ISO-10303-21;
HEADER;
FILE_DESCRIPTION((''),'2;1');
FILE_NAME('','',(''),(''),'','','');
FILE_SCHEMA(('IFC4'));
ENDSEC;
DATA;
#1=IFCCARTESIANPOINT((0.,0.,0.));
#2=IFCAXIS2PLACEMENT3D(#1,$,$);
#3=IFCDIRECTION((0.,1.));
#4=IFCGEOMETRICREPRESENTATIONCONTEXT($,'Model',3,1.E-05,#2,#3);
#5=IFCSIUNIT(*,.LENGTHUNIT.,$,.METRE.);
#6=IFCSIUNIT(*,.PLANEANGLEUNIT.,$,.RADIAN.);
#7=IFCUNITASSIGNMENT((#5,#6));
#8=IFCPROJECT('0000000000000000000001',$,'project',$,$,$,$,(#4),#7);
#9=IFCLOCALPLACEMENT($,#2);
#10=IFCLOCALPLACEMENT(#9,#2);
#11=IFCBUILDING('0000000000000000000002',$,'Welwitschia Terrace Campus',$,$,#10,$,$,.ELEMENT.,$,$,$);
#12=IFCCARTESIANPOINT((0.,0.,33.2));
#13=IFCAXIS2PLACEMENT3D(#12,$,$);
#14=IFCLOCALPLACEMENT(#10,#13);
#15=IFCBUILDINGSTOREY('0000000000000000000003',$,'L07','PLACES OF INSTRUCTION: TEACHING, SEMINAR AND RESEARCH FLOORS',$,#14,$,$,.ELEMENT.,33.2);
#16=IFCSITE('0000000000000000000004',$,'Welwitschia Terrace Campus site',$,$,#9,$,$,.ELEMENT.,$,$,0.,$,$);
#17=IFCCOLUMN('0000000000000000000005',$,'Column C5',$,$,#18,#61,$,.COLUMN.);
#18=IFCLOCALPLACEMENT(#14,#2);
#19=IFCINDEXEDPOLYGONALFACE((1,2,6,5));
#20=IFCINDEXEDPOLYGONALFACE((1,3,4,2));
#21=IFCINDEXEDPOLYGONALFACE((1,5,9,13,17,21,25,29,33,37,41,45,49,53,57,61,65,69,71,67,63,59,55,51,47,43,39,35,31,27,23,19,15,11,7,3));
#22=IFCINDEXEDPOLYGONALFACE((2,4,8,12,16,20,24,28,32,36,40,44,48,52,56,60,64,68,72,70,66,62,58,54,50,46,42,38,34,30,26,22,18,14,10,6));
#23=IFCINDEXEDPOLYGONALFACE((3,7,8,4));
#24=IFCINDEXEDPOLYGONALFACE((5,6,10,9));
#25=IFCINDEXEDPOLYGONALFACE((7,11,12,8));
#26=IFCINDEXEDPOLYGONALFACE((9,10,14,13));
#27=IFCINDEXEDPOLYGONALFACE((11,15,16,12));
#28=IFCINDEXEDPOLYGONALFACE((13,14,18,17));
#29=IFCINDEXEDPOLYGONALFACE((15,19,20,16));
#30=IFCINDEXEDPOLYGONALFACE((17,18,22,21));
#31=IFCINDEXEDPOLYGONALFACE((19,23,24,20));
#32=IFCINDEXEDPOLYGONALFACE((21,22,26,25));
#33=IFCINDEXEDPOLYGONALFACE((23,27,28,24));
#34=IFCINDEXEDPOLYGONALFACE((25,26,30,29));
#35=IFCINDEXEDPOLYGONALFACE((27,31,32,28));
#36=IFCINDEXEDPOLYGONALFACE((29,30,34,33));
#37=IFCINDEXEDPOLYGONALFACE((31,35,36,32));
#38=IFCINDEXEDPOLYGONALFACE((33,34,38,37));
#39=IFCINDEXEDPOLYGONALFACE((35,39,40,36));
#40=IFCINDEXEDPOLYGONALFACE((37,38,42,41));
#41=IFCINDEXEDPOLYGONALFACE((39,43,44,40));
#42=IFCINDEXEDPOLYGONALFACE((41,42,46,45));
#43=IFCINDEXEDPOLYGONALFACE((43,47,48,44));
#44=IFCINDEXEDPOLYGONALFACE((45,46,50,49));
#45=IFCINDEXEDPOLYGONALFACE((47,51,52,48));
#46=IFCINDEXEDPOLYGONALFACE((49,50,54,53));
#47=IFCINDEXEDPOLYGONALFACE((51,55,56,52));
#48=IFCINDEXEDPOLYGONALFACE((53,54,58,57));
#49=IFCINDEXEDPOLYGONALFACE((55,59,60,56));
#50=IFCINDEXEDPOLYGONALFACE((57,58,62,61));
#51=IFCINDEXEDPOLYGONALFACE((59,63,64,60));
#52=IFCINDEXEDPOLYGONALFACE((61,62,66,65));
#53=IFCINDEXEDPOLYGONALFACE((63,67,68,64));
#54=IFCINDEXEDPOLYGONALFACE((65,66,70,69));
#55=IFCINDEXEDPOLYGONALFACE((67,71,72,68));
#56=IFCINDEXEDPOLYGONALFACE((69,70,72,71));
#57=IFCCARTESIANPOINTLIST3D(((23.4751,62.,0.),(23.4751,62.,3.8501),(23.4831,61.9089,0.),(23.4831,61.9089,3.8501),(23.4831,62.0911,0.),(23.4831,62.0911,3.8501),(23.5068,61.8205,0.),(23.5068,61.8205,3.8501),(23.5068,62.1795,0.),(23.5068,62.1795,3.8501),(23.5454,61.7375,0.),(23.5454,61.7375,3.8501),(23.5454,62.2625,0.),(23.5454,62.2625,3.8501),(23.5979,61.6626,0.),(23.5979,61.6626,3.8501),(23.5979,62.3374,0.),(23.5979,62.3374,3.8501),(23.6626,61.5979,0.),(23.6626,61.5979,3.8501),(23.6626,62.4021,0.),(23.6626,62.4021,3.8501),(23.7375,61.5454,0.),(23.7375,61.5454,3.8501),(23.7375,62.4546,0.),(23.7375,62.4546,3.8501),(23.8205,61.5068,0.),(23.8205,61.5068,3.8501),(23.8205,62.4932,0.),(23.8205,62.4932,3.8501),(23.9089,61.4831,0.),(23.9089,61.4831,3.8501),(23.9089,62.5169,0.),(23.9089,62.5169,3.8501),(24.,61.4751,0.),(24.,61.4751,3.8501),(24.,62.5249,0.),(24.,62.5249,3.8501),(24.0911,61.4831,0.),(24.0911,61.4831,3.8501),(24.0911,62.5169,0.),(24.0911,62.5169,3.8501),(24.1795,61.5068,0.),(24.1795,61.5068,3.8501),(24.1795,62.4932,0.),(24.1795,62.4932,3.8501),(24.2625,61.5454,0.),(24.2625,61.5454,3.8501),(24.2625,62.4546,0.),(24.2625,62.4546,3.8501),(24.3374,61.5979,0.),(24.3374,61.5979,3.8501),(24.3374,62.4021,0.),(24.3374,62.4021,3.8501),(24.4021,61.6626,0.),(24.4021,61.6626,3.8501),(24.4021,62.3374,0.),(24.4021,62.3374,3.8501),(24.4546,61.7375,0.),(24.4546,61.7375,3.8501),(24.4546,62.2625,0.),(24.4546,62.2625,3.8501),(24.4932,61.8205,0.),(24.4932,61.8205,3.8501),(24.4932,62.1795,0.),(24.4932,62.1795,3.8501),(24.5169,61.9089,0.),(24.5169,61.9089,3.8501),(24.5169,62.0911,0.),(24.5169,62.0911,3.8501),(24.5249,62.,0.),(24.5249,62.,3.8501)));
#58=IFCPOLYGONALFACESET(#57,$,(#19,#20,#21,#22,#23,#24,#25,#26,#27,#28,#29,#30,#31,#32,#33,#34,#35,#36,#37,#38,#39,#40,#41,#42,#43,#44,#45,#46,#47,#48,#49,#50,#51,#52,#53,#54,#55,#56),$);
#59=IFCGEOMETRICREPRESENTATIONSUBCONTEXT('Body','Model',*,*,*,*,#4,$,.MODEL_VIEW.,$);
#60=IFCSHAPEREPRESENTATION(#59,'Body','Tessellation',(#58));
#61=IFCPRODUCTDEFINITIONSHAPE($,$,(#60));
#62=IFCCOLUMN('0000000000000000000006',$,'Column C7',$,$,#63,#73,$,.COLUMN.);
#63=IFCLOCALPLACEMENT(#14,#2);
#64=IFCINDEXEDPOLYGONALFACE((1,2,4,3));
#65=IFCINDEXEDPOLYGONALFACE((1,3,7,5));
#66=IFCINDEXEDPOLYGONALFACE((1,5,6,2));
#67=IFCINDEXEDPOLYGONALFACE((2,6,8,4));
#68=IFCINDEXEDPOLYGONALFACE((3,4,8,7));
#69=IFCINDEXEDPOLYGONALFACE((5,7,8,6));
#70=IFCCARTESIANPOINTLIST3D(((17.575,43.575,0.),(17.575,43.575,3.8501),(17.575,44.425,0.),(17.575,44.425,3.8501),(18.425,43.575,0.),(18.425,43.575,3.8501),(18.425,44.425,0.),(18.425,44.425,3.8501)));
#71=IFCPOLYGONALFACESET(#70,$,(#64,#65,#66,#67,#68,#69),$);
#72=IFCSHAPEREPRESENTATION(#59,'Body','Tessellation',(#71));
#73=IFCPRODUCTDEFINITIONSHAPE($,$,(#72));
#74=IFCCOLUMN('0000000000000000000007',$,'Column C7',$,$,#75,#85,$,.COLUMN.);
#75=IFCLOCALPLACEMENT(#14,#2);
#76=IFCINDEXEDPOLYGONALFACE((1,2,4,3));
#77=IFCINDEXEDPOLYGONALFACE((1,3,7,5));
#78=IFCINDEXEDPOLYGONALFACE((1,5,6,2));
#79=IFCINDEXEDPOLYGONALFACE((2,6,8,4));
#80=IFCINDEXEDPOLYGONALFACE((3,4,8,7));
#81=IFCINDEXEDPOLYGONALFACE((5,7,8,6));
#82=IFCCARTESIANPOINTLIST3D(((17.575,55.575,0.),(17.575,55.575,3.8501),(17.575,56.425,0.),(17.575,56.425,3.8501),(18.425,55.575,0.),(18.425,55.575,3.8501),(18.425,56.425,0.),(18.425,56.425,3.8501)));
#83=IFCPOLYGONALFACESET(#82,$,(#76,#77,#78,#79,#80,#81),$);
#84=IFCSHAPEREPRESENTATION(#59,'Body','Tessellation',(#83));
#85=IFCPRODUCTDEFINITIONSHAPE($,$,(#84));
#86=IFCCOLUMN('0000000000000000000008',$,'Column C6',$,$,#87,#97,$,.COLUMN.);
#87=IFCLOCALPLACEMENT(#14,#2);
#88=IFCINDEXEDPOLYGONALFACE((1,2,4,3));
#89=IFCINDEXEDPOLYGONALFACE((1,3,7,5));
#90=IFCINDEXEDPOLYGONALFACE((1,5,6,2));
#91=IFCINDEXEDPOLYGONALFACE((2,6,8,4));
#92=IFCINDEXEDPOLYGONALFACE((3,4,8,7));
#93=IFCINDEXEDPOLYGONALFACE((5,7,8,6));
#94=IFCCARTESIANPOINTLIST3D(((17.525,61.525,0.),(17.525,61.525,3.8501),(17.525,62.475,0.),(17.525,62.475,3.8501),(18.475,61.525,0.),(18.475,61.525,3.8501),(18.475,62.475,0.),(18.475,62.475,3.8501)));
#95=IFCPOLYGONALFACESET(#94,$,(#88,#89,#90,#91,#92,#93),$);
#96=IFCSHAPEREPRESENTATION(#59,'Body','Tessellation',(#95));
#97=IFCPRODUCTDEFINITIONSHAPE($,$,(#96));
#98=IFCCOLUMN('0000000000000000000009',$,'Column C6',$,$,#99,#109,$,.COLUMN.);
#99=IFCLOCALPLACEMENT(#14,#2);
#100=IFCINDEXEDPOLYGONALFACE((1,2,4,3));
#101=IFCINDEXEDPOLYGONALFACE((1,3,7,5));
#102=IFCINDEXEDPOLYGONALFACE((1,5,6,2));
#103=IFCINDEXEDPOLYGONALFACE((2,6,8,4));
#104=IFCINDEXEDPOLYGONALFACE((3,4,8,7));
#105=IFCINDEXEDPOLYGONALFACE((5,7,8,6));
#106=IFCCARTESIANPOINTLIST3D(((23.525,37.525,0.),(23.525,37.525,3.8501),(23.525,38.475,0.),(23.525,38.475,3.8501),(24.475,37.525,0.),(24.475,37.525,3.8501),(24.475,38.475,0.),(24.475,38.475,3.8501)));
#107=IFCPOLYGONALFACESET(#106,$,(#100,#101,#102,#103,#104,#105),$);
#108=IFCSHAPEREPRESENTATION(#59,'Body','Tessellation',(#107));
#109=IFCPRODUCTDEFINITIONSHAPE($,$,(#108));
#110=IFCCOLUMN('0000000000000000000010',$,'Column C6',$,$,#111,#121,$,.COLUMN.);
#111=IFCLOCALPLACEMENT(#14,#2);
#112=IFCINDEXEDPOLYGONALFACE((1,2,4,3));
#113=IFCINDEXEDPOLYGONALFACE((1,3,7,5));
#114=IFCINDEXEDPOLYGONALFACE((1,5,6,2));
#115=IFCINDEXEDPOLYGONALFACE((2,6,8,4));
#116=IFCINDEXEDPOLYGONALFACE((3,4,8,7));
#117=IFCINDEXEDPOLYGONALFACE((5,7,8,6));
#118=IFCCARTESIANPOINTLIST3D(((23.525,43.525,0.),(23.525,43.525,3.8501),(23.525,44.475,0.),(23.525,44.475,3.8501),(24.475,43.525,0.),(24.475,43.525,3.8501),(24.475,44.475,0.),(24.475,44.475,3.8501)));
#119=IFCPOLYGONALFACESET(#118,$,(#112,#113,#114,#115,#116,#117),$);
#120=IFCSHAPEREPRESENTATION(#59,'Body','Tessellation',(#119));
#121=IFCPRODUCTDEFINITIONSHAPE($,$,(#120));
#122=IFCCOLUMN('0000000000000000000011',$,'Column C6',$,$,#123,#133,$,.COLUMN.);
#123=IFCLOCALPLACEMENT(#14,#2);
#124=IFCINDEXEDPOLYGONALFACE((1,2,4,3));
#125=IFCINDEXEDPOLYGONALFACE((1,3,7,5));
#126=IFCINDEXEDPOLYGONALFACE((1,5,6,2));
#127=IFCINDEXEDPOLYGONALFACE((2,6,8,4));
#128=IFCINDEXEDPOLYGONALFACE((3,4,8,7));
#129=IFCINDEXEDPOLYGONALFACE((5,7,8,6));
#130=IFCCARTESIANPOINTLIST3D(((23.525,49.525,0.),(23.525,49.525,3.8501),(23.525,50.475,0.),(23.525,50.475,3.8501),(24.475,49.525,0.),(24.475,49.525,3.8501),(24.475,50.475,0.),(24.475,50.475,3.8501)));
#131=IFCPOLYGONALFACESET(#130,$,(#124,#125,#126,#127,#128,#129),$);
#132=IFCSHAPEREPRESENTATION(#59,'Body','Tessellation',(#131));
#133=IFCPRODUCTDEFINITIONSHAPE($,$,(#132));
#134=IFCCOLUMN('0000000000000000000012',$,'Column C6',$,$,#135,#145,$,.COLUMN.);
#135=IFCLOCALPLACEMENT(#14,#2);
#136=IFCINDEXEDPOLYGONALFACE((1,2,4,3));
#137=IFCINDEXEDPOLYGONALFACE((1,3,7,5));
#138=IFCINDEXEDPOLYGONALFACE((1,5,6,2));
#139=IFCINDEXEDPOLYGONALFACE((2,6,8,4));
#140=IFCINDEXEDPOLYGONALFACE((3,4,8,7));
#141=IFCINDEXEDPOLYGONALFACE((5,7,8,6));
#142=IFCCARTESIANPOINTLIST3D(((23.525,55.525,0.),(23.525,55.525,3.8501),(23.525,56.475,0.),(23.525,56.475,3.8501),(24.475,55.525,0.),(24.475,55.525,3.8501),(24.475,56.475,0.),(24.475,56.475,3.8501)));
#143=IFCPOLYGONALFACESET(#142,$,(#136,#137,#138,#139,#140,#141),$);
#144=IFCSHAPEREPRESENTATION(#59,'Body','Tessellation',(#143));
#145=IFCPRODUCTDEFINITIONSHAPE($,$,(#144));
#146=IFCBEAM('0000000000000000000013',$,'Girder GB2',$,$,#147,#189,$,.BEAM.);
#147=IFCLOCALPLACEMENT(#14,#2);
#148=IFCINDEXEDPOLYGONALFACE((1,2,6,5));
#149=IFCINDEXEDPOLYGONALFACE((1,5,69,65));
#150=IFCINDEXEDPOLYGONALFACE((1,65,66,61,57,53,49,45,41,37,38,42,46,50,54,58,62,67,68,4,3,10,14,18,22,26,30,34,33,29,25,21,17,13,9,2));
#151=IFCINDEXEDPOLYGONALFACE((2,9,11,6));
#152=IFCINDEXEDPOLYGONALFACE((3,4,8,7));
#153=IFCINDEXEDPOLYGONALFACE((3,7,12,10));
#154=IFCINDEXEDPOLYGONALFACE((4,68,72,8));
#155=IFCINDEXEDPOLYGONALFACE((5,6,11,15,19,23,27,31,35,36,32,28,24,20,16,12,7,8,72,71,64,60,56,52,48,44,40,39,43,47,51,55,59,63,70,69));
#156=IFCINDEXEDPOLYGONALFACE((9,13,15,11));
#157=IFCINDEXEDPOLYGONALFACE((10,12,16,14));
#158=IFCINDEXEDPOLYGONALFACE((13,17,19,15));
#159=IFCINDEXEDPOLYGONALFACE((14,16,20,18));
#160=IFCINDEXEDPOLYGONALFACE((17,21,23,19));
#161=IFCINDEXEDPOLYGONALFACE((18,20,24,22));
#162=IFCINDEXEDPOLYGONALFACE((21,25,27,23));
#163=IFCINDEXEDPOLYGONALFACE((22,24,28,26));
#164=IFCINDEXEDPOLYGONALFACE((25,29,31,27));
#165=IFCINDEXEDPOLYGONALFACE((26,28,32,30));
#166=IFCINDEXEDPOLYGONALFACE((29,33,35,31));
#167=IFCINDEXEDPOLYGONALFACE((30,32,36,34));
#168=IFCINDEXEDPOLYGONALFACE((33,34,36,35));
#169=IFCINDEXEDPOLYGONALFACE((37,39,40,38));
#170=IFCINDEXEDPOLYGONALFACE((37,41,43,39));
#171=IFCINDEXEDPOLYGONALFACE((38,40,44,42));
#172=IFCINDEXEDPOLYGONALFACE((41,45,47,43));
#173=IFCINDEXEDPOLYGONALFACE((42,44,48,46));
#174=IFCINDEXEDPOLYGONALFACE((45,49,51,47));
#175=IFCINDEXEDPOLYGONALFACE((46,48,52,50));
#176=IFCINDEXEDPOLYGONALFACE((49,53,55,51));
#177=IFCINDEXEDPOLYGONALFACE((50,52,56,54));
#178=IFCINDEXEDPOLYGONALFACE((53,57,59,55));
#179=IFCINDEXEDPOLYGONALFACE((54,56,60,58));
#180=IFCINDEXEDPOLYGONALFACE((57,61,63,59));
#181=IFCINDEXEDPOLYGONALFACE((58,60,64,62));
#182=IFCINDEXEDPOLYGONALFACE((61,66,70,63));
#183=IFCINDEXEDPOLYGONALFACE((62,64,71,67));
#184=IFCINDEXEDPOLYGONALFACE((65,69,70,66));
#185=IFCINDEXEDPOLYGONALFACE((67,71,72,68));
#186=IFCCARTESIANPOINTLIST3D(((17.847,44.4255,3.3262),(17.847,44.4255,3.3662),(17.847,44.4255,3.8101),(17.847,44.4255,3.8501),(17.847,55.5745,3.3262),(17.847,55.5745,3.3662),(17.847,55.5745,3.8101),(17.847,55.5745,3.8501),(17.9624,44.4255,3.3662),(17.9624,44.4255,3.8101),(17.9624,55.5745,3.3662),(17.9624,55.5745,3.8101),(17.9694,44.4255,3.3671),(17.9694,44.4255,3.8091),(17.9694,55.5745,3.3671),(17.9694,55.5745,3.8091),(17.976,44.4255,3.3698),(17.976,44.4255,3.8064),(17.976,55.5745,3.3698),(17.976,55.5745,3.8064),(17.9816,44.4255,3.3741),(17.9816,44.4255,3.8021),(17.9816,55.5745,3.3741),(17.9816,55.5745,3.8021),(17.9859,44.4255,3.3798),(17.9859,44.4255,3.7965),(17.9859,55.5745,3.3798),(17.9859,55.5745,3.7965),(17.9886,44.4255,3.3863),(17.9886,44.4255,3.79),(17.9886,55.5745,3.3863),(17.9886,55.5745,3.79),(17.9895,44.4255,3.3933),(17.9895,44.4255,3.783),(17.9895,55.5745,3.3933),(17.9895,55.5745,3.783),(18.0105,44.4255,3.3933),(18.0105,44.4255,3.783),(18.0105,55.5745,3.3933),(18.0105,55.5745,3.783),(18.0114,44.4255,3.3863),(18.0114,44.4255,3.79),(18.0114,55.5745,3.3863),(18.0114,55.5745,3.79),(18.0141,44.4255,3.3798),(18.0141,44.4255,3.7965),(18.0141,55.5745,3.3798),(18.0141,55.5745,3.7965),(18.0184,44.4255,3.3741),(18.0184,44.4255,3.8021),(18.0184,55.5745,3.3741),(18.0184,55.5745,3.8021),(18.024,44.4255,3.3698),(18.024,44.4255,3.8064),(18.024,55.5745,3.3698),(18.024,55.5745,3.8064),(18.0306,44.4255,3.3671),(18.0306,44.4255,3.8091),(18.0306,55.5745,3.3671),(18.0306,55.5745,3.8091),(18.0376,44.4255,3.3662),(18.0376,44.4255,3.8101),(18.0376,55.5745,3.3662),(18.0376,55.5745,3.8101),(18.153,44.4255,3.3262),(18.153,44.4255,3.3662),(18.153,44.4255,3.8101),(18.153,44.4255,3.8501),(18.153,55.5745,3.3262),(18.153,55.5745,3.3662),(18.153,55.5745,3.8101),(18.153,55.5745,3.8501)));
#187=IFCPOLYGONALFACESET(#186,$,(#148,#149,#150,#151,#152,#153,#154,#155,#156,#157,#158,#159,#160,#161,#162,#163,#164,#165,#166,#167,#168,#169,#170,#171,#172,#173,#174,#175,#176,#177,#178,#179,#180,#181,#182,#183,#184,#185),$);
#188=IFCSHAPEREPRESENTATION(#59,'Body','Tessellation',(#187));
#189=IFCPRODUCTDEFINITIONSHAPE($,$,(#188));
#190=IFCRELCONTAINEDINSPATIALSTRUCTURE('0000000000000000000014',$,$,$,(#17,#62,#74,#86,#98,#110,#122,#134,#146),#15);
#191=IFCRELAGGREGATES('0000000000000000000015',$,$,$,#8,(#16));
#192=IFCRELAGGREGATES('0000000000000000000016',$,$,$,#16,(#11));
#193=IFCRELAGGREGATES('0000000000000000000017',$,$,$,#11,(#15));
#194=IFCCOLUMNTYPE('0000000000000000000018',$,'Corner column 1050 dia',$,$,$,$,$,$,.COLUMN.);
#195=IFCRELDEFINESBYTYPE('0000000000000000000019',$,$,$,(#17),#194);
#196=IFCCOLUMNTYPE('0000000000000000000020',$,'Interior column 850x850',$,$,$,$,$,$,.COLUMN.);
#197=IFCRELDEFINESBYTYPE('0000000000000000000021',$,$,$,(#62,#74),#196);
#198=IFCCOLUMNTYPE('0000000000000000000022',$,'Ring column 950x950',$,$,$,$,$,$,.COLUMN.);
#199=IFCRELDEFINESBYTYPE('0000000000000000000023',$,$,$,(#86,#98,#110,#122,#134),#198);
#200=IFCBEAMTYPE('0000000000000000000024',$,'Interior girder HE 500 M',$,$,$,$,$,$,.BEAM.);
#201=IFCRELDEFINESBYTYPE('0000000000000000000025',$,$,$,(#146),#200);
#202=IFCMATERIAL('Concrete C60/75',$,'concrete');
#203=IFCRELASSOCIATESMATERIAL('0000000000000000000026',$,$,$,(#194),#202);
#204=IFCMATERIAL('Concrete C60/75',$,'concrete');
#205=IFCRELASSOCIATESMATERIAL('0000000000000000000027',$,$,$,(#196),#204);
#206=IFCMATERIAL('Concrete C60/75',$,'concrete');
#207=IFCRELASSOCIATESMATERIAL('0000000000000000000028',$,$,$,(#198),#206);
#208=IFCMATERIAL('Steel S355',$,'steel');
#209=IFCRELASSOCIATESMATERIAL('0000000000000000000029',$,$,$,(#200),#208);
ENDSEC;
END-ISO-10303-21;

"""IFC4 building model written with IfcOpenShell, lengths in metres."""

from ifc_helpers import new_model, si_unit, direction, frame, origin, origin_2d, place, context, subcontext, project, spatial, rectangle, circle, i_section, extrude, material, material_profile, profile_set, type_object, element, save


model = new_model("IFC4")

# Units and contexts
model_context = context("Model", 3, precision=1e-05, world=origin(), true_north=direction((0.0, 1.0)))
body_context = subcontext(model_context, "Body", "Model", "MODEL_VIEW")
ifc_project = project(units=[si_unit("LENGTHUNIT", "METRE"), si_unit("PLANEANGLEUNIT", "RADIAN")], contexts=[model_context])

# Site, building, storey
site_placement = place(None, origin())
site = spatial("IfcSite", under=ifc_project, at=site_placement, Name="Welwitschia Terrace Campus site", CompositionType="ELEMENT", RefElevation=0.0)
building_placement = place(site_placement, origin())
building = spatial("IfcBuilding", under=site, at=building_placement, Name="Welwitschia Terrace Campus", CompositionType="ELEMENT")
storey_placement = place(building_placement, frame((0.0, 0.0, 33.2)))
storey = spatial("IfcBuildingStorey", under=building, at=storey_placement, Name="L07", Description="PLACES OF INSTRUCTION: TEACHING, SEMINAR AND RESEARCH FLOORS", CompositionType="ELEMENT", Elevation=33.2)

# Columns
ifc_material_1 = material(Name="Concrete C60/75", Category="concrete")
ifc_material_profile_1 = material_profile(ifc_material_1, circle(Radius=0.5249, at=origin_2d()))
ifc_profile_set_1 = profile_set([ifc_material_profile_1], Name="Concrete C60/75")
column_type_1 = type_object("IfcColumnType", Name="Corner column 1050 dia", PredefinedType="COLUMN", material=ifc_profile_set_1)
column_placement = place(storey_placement, frame((24.0, 62.0, 0.0), z_axis=(0.0, 0.0, 1.0), x_axis=(1.0, 0.0, 0.0)))
element("IfcColumn", 1, at=column_placement, inside=storey, type_object=column_type_1, Name="Column C5", PredefinedType="COLUMN", context=body_context, shape_type="SweptSolid", body=[
    extrude(circle(Radius=0.5249, at=origin_2d()), origin(), (0.0, 0.0, 1.0), 3.8501),
])
ifc_material_2 = material(Name="Concrete C60/75", Category="concrete")
ifc_material_profile_2 = material_profile(ifc_material_2, rectangle(XDim=0.8501, YDim=0.8501, at=origin_2d()))
ifc_profile_set_2 = profile_set([ifc_material_profile_2], Name="Concrete C60/75")
column_type_2 = type_object("IfcColumnType", Name="Interior column 850x850", PredefinedType="COLUMN", material=ifc_profile_set_2)
for number, where, z_axis, x_axis, name in (
    (2, (18.0, 44.0, 0.0), (0.0, 0.0, 1.0), (1.0, 0.0, 0.0), "Column C7"),
    (3, (18.0, 56.0, 0.0), (0.0, 0.0, 1.0), (1.0, 0.0, 0.0), "Column C7"),
):
    element("IfcColumn", number, at=place(storey_placement, frame(where, z_axis=z_axis, x_axis=x_axis)), inside=storey, type_object=column_type_2, Name=name, PredefinedType="COLUMN", context=body_context, shape_type="SweptSolid", body=[
        extrude(rectangle(XDim=0.8501, YDim=0.8501, at=origin_2d()), origin(), (0.0, 0.0, 1.0), 3.8501),
    ])
ifc_material_3 = material(Name="Concrete C60/75", Category="concrete")
ifc_material_profile_3 = material_profile(ifc_material_3, rectangle(XDim=0.95, YDim=0.95, at=origin_2d()))
ifc_profile_set_3 = profile_set([ifc_material_profile_3], Name="Concrete C60/75")
column_type_3 = type_object("IfcColumnType", Name="Ring column 950x950", PredefinedType="COLUMN", material=ifc_profile_set_3)
for number, where, z_axis, x_axis, name in (
    (4, (18.0, 62.0, 0.0), (0.0, 0.0, 1.0), (1.0, 0.0, 0.0), "Column C6"),
    (5, (24.0, 38.0, 0.0), (0.0, 0.0, 1.0), (1.0, 0.0, 0.0), "Column C6"),
    (6, (24.0, 44.0, 0.0), (0.0, 0.0, 1.0), (1.0, 0.0, 0.0), "Column C6"),
    (7, (24.0, 50.0, 0.0), (0.0, 0.0, 1.0), (1.0, 0.0, 0.0), "Column C6"),
    (8, (24.0, 56.0, 0.0), (0.0, 0.0, 1.0), (1.0, 0.0, 0.0), "Column C6"),
):
    element("IfcColumn", number, at=place(storey_placement, frame(where, z_axis=z_axis, x_axis=x_axis)), inside=storey, type_object=column_type_3, Name=name, PredefinedType="COLUMN", context=body_context, shape_type="SweptSolid", body=[
        extrude(rectangle(XDim=0.95, YDim=0.95, at=origin_2d()), origin(), (0.0, 0.0, 1.0), 3.8501),
    ])

# Beam
ifc_material_4 = material(Name="Steel S355", Category="steel")
ifc_material_profile_4 = material_profile(ifc_material_4, i_section(OverallWidth=0.3059, OverallDepth=0.5239, WebThickness=0.021, FlangeThickness=0.04, FilletRadius=0.0271, at=origin_2d()))
ifc_profile_set_4 = profile_set([ifc_material_profile_4], Name="Steel S355")
beam_type_1 = type_object("IfcBeamType", Name="Interior girder HE 500 M", PredefinedType="BEAM", material=ifc_profile_set_4)
beam_1_placement = place(storey_placement, frame((18.0, 44.4255, 3.5881), z_axis=(0.0, 1.0, 0.0), x_axis=(-1.0, 0.0, 0.0)))
element("IfcBeam", 9, at=beam_1_placement, inside=storey, type_object=beam_type_1, Name="Girder GB2", PredefinedType="BEAM", context=body_context, shape_type="SweptSolid", body=[
    extrude(i_section(OverallWidth=0.3059, OverallDepth=0.5239, WebThickness=0.021, FlangeThickness=0.04, FilletRadius=0.0271, at=origin_2d()), origin(), (0.0, 0.0, 1.0), 11.1489),
])

save(model, "model.ifc")
